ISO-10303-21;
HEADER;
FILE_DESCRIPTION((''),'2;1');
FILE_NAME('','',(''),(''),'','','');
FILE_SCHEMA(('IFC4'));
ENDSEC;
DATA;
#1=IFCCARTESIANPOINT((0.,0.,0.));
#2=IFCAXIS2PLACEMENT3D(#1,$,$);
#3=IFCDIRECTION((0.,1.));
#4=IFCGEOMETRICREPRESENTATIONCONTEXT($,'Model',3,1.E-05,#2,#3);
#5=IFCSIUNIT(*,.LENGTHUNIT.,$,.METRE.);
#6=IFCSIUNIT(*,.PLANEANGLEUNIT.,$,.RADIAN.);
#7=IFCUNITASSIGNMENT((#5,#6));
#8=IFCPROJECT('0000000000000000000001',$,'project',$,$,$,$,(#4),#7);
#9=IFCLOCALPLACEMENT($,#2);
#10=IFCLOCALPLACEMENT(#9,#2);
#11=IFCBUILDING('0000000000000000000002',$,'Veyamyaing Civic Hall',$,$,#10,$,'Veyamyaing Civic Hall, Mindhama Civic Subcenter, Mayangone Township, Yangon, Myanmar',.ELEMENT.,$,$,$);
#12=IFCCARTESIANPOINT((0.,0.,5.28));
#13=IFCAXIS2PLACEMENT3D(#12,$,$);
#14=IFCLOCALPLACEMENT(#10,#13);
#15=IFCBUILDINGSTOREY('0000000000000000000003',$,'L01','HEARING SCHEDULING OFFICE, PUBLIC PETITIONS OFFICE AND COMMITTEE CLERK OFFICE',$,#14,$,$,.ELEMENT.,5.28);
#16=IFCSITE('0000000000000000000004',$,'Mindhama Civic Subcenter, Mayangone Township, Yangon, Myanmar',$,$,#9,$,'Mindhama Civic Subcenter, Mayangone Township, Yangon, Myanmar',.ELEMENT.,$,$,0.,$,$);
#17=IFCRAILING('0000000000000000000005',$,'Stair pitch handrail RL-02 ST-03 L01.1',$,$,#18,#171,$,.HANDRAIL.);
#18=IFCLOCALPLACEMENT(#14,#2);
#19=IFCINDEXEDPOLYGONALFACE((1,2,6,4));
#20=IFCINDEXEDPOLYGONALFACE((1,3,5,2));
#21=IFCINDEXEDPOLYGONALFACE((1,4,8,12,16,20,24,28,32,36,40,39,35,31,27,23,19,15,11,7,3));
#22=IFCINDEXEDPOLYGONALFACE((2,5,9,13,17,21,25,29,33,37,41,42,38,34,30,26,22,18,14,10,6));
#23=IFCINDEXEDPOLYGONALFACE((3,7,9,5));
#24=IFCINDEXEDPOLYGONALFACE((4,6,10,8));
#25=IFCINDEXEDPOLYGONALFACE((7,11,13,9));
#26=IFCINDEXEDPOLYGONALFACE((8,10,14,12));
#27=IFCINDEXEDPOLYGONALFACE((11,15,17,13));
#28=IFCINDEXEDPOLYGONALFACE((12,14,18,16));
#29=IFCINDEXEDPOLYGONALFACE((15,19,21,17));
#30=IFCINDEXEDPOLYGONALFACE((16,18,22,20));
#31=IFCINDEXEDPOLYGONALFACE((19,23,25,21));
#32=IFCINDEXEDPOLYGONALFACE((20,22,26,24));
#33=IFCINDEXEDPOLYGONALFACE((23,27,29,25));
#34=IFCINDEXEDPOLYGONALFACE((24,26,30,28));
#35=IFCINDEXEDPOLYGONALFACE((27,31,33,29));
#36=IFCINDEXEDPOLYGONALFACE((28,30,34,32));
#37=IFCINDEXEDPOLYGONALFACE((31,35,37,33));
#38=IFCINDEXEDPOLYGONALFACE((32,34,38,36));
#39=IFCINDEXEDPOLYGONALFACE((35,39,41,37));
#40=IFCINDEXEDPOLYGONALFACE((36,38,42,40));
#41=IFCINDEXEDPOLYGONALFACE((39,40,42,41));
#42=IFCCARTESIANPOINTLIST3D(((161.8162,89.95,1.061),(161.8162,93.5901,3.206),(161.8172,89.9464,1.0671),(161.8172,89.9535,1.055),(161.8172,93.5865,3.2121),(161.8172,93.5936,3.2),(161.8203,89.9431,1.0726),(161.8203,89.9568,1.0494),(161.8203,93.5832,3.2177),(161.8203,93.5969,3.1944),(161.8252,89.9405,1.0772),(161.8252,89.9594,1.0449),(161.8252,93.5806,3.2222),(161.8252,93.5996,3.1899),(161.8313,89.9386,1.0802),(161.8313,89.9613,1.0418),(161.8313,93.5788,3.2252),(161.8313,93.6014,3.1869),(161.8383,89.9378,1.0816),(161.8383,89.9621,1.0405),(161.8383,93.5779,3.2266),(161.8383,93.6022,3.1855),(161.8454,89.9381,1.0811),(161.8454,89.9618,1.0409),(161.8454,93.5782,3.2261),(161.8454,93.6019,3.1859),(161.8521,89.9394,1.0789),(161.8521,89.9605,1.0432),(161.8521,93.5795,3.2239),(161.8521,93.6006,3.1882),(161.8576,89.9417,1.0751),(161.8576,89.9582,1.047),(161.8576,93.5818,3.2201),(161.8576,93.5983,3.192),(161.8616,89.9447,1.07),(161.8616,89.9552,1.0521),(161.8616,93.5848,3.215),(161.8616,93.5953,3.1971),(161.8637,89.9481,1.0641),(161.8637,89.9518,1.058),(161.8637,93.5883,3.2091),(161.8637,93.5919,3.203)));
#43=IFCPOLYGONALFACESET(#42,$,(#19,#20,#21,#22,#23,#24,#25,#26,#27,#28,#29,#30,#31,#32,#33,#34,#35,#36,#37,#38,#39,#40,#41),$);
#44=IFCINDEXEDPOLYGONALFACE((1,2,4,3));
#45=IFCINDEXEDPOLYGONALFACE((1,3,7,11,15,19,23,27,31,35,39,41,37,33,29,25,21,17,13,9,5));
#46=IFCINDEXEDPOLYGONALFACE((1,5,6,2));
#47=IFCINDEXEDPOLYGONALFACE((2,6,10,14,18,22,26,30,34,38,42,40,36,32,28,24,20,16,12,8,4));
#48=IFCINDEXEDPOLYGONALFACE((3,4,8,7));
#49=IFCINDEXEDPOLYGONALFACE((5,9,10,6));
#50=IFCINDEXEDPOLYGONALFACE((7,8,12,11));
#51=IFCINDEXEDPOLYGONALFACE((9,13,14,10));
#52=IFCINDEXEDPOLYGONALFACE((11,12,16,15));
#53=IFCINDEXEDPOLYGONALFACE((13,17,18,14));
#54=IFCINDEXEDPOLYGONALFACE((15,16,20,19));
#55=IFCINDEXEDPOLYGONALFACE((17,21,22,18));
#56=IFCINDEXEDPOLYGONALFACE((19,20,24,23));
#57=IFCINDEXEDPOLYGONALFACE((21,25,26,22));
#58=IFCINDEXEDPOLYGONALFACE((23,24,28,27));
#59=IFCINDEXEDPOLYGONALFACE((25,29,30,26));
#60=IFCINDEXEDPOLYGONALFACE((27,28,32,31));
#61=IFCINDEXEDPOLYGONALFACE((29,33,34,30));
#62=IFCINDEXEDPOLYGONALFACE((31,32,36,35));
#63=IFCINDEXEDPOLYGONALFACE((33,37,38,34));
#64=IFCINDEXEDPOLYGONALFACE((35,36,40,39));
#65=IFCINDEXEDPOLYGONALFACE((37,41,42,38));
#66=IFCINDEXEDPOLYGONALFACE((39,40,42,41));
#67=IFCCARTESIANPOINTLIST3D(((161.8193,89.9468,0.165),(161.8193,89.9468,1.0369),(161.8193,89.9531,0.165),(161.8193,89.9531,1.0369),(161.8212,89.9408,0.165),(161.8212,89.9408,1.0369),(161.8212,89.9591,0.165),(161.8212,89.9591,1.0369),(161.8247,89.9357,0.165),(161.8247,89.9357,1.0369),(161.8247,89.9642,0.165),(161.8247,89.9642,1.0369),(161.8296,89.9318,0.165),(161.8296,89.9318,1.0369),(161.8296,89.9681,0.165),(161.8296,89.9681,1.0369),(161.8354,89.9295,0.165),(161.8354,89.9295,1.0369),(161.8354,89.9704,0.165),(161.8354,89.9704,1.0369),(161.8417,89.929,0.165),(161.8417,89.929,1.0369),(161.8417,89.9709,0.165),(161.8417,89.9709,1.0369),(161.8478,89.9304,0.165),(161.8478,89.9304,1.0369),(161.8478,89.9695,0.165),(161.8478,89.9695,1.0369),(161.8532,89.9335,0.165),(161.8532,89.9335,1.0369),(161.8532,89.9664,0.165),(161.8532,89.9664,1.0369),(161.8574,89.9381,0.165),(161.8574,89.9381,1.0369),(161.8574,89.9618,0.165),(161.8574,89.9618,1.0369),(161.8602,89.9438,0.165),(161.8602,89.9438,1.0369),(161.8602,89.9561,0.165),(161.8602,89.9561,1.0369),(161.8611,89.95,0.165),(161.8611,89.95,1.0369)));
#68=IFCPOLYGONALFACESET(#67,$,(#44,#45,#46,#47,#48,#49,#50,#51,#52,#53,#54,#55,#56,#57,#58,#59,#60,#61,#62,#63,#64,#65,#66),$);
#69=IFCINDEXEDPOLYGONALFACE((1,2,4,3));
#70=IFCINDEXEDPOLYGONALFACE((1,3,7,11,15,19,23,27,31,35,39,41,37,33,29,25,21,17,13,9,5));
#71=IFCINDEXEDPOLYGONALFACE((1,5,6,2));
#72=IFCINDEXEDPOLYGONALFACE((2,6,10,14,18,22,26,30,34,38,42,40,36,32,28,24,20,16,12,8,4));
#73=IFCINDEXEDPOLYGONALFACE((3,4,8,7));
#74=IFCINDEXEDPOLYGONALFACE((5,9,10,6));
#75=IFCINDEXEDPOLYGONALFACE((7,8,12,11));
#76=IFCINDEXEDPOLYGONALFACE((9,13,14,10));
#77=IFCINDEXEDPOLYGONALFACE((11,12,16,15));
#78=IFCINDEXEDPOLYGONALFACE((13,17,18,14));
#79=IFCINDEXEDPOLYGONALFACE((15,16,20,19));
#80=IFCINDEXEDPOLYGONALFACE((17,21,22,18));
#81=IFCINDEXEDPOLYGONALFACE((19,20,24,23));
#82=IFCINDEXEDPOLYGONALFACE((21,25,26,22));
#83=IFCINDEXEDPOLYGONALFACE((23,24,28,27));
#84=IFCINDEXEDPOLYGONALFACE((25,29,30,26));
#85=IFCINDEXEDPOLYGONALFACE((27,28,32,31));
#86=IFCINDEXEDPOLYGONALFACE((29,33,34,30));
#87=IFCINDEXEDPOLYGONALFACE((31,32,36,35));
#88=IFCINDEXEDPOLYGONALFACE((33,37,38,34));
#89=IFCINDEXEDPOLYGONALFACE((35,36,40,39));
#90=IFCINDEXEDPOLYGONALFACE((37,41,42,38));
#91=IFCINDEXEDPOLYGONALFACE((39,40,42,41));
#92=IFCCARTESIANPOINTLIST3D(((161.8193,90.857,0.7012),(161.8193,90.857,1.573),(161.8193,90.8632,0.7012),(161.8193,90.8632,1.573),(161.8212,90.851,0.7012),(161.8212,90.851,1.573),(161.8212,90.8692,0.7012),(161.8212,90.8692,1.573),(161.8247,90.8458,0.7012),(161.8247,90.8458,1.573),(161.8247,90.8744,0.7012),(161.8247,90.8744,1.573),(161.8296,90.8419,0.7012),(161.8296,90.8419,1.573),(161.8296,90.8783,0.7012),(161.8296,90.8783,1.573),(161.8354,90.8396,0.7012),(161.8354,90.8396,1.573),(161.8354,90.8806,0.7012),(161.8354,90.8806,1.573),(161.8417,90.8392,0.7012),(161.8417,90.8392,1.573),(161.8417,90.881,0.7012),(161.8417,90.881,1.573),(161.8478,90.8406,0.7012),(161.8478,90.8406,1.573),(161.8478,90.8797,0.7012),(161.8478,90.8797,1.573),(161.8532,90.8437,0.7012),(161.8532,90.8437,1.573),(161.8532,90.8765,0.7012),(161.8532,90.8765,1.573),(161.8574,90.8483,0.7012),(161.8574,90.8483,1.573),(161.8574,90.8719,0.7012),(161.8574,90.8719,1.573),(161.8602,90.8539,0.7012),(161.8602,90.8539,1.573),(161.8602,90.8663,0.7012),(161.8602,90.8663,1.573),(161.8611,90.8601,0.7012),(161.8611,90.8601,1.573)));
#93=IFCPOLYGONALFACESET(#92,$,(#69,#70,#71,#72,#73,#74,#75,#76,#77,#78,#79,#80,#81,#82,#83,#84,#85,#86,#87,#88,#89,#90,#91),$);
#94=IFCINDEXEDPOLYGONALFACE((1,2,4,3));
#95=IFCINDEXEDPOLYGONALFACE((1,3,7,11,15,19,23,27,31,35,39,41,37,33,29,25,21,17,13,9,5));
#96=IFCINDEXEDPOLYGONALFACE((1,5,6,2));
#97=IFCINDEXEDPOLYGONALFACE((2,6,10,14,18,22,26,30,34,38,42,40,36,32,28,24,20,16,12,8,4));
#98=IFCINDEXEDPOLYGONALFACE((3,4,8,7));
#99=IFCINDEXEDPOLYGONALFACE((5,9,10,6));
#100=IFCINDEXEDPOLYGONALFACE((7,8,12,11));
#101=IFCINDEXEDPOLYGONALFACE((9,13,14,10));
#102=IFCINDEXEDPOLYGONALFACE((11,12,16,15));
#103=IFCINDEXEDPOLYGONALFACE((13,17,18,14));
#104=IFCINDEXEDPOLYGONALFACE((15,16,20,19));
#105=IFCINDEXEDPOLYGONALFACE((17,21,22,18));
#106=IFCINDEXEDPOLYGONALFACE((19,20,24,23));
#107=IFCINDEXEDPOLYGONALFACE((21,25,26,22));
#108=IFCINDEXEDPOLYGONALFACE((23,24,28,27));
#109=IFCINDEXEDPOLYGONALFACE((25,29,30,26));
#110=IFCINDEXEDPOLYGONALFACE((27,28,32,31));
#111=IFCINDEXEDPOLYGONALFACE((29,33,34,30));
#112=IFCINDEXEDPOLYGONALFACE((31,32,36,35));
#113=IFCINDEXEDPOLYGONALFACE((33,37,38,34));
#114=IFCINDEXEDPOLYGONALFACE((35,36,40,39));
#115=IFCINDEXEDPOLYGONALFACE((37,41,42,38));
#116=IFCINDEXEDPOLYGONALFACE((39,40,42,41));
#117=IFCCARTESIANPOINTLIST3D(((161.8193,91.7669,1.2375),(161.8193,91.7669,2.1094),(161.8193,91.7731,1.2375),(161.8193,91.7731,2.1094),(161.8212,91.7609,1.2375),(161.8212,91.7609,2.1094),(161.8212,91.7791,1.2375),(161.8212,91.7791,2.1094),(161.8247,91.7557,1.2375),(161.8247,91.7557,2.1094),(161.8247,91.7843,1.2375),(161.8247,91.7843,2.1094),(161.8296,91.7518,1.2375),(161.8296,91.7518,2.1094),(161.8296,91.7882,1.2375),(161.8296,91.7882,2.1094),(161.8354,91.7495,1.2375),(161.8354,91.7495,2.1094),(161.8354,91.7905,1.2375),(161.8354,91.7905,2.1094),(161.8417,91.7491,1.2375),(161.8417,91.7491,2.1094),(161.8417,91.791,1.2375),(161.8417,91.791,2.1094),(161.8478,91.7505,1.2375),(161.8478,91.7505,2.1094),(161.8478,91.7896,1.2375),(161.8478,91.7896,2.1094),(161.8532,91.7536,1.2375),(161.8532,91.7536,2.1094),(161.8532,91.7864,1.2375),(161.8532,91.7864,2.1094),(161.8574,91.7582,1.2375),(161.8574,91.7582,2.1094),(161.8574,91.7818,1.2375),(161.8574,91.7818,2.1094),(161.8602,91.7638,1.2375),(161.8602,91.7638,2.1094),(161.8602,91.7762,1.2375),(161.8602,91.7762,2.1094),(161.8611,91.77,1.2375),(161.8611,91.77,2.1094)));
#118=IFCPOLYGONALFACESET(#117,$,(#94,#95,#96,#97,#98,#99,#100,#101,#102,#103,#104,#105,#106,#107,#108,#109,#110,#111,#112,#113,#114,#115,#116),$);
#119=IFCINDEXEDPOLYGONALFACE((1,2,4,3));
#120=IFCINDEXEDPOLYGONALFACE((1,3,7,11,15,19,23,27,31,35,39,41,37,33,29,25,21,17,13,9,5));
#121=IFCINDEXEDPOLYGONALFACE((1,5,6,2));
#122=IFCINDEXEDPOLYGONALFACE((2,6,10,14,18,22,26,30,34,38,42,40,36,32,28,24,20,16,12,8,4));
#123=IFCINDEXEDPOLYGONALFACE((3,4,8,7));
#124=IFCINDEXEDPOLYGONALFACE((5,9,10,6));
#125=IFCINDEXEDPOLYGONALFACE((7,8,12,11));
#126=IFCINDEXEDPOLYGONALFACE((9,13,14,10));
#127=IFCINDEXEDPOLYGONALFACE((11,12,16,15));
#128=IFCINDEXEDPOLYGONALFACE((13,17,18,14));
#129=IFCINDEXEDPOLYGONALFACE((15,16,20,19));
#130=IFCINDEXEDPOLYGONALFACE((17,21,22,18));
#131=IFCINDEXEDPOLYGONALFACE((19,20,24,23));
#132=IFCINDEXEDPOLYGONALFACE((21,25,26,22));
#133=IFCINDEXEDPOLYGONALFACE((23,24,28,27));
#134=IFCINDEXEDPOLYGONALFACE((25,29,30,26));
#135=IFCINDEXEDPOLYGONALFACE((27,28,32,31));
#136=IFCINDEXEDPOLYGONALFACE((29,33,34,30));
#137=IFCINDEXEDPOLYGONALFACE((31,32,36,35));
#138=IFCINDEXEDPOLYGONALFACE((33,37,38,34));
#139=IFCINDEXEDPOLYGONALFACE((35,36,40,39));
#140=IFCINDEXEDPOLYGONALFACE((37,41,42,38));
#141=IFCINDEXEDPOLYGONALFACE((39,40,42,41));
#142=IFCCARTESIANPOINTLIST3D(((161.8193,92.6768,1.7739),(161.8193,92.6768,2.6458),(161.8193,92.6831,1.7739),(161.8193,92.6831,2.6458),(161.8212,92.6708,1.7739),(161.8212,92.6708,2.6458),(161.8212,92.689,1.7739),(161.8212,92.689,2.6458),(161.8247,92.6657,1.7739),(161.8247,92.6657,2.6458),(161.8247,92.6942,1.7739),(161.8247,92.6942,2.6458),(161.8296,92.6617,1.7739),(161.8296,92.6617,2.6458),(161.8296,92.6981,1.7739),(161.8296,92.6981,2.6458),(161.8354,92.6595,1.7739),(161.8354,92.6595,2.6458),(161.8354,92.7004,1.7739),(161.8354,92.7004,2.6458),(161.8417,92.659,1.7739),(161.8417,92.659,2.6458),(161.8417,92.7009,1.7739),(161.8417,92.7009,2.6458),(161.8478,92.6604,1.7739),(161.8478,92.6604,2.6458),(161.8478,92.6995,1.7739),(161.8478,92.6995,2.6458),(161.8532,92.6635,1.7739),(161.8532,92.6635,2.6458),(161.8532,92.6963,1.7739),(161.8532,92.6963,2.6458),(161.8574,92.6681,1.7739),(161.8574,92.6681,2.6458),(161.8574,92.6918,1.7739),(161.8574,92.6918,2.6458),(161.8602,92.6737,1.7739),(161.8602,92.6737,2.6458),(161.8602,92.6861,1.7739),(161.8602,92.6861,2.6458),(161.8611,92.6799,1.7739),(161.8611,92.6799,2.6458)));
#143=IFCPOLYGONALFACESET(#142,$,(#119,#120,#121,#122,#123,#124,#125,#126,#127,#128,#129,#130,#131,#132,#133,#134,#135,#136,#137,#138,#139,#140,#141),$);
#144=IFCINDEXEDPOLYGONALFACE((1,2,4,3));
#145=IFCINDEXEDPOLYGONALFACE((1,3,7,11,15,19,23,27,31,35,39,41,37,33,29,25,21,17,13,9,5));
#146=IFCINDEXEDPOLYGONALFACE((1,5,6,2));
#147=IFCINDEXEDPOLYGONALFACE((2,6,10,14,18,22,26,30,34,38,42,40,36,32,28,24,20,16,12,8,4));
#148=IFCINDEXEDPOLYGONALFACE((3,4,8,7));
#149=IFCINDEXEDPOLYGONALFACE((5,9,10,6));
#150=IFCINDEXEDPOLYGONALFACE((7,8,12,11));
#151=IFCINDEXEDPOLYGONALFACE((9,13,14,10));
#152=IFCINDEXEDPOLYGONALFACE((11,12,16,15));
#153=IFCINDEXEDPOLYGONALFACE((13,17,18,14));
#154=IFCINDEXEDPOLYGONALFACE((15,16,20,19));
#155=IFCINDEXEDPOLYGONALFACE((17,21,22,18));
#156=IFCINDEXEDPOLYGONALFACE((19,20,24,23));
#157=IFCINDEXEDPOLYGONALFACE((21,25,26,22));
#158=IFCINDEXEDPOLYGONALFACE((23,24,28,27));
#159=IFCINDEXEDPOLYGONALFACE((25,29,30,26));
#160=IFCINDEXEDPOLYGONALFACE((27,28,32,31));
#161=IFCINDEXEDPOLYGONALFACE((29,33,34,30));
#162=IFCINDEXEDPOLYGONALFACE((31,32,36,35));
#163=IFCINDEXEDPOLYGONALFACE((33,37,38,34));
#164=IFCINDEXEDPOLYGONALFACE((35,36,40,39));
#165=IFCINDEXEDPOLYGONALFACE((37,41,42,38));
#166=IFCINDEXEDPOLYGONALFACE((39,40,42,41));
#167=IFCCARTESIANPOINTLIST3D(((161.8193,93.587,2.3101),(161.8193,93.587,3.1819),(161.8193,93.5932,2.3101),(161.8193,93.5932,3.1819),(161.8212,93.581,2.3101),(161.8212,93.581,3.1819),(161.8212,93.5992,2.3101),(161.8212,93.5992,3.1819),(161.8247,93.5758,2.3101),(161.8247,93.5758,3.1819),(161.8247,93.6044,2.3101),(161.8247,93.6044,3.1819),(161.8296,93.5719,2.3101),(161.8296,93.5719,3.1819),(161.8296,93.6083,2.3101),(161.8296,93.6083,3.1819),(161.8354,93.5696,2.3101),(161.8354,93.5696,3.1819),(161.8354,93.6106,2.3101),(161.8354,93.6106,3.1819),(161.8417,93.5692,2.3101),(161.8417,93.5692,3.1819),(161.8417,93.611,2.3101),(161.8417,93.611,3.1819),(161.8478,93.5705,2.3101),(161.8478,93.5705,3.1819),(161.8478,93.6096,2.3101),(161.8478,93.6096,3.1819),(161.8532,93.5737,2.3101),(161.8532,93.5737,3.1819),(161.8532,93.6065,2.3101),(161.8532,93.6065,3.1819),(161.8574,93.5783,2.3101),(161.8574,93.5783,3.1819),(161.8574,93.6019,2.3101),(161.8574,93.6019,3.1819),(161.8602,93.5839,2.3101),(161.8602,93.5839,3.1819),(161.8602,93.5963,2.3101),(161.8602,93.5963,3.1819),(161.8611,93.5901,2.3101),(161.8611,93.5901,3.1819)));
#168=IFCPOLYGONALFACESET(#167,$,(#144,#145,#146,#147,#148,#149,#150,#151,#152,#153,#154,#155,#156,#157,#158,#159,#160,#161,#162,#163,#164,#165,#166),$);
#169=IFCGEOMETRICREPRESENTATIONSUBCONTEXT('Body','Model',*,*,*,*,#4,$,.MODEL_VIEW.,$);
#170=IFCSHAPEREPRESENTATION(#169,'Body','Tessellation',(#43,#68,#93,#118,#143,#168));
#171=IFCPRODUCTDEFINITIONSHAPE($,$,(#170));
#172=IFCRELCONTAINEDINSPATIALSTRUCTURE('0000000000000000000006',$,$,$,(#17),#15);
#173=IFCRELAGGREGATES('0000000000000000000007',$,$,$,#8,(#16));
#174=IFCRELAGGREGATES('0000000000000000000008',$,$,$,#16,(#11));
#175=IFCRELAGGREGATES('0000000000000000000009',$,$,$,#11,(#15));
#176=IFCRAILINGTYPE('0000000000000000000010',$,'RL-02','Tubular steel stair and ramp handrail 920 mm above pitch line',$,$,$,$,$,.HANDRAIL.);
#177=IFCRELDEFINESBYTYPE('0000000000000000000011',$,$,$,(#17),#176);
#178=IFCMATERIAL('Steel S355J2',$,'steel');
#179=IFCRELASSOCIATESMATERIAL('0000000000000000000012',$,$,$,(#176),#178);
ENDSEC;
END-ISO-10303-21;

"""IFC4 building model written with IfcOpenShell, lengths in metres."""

from ifc_helpers import new_model, si_unit, direction, frame, origin, origin_2d, place, context, subcontext, project, spatial, circle, extrude, material, type_object, element, save


model = new_model("IFC4")

# Units and contexts
model_context = context("Model", 3, precision=1e-05, world=origin(), true_north=direction((0.0, 1.0)))
body_context = subcontext(model_context, "Body", "Model", "MODEL_VIEW")
ifc_project = project(units=[si_unit("LENGTHUNIT", "METRE"), si_unit("PLANEANGLEUNIT", "RADIAN")], contexts=[model_context])

# Site, building, storey
site_placement = place(None, origin())
site = spatial("IfcSite", under=ifc_project, at=site_placement, Name="Mindhama Civic Subcenter, Mayangone Township, Yangon, Myanmar", LongName="Mindhama Civic Subcenter, Mayangone Township, Yangon, Myanmar", CompositionType="ELEMENT", RefElevation=0.0)
building_placement = place(site_placement, origin())
building = spatial("IfcBuilding", under=site, at=building_placement, Name="Veyamyaing Civic Hall", LongName="Veyamyaing Civic Hall, Mindhama Civic Subcenter, Mayangone Township, Yangon, Myanmar", CompositionType="ELEMENT")
storey_placement = place(building_placement, frame((0.0, 0.0, 5.28)))
storey = spatial("IfcBuildingStorey", under=building, at=storey_placement, Name="L01", Description="HEARING SCHEDULING OFFICE, PUBLIC PETITIONS OFFICE AND COMMITTEE CLERK OFFICE", CompositionType="ELEMENT", Elevation=5.28)

# Railing
ifc_material_1 = material(Name="Steel S355J2", Category="steel")
railing_type_1 = type_object("IfcRailingType", Name="RL-02", Description="Tubular steel stair and ramp handrail 920 mm above pitch line", PredefinedType="HANDRAIL", material=ifc_material_1)
railing_1_placement = place(storey_placement, frame((161.8401, 89.95, 0.165)))
element("IfcRailing", 1, at=railing_1_placement, inside=storey, type_object=railing_type_1, Name="Stair pitch handrail RL-02 ST-03 L01.1", PredefinedType="HANDRAIL", context=body_context, shape_type="SweptSolid", body=[
    extrude(circle(Radius=0.0239, at=origin_2d()), frame((0.0, 0.0, 0.896), z_axis=(0.0, 0.861545, 0.507682), x_axis=(-1.0, 0.0, 0.0)), (0.0, 0.0, 1.0), 4.2251),
    extrude(circle(Radius=0.021, at=origin_2d()), origin(), (0.0, 0.0, 1.0), 0.8718),
    extrude(circle(Radius=0.021, at=origin_2d()), frame((0.0, 0.9102, 0.5361)), (0.0, 0.0, 1.0), 0.8718),
    extrude(circle(Radius=0.021, at=origin_2d()), frame((0.0, 1.8201, 1.0725)), (0.0, 0.0, 1.0), 0.8718),
    extrude(circle(Radius=0.021, at=origin_2d()), frame((0.0, 2.73, 1.6089)), (0.0, 0.0, 1.0), 0.8718),
    extrude(circle(Radius=0.021, at=origin_2d()), frame((0.0, 3.6401, 2.145)), (0.0, 0.0, 1.0), 0.8718),
])

save(model, "model.ifc")
